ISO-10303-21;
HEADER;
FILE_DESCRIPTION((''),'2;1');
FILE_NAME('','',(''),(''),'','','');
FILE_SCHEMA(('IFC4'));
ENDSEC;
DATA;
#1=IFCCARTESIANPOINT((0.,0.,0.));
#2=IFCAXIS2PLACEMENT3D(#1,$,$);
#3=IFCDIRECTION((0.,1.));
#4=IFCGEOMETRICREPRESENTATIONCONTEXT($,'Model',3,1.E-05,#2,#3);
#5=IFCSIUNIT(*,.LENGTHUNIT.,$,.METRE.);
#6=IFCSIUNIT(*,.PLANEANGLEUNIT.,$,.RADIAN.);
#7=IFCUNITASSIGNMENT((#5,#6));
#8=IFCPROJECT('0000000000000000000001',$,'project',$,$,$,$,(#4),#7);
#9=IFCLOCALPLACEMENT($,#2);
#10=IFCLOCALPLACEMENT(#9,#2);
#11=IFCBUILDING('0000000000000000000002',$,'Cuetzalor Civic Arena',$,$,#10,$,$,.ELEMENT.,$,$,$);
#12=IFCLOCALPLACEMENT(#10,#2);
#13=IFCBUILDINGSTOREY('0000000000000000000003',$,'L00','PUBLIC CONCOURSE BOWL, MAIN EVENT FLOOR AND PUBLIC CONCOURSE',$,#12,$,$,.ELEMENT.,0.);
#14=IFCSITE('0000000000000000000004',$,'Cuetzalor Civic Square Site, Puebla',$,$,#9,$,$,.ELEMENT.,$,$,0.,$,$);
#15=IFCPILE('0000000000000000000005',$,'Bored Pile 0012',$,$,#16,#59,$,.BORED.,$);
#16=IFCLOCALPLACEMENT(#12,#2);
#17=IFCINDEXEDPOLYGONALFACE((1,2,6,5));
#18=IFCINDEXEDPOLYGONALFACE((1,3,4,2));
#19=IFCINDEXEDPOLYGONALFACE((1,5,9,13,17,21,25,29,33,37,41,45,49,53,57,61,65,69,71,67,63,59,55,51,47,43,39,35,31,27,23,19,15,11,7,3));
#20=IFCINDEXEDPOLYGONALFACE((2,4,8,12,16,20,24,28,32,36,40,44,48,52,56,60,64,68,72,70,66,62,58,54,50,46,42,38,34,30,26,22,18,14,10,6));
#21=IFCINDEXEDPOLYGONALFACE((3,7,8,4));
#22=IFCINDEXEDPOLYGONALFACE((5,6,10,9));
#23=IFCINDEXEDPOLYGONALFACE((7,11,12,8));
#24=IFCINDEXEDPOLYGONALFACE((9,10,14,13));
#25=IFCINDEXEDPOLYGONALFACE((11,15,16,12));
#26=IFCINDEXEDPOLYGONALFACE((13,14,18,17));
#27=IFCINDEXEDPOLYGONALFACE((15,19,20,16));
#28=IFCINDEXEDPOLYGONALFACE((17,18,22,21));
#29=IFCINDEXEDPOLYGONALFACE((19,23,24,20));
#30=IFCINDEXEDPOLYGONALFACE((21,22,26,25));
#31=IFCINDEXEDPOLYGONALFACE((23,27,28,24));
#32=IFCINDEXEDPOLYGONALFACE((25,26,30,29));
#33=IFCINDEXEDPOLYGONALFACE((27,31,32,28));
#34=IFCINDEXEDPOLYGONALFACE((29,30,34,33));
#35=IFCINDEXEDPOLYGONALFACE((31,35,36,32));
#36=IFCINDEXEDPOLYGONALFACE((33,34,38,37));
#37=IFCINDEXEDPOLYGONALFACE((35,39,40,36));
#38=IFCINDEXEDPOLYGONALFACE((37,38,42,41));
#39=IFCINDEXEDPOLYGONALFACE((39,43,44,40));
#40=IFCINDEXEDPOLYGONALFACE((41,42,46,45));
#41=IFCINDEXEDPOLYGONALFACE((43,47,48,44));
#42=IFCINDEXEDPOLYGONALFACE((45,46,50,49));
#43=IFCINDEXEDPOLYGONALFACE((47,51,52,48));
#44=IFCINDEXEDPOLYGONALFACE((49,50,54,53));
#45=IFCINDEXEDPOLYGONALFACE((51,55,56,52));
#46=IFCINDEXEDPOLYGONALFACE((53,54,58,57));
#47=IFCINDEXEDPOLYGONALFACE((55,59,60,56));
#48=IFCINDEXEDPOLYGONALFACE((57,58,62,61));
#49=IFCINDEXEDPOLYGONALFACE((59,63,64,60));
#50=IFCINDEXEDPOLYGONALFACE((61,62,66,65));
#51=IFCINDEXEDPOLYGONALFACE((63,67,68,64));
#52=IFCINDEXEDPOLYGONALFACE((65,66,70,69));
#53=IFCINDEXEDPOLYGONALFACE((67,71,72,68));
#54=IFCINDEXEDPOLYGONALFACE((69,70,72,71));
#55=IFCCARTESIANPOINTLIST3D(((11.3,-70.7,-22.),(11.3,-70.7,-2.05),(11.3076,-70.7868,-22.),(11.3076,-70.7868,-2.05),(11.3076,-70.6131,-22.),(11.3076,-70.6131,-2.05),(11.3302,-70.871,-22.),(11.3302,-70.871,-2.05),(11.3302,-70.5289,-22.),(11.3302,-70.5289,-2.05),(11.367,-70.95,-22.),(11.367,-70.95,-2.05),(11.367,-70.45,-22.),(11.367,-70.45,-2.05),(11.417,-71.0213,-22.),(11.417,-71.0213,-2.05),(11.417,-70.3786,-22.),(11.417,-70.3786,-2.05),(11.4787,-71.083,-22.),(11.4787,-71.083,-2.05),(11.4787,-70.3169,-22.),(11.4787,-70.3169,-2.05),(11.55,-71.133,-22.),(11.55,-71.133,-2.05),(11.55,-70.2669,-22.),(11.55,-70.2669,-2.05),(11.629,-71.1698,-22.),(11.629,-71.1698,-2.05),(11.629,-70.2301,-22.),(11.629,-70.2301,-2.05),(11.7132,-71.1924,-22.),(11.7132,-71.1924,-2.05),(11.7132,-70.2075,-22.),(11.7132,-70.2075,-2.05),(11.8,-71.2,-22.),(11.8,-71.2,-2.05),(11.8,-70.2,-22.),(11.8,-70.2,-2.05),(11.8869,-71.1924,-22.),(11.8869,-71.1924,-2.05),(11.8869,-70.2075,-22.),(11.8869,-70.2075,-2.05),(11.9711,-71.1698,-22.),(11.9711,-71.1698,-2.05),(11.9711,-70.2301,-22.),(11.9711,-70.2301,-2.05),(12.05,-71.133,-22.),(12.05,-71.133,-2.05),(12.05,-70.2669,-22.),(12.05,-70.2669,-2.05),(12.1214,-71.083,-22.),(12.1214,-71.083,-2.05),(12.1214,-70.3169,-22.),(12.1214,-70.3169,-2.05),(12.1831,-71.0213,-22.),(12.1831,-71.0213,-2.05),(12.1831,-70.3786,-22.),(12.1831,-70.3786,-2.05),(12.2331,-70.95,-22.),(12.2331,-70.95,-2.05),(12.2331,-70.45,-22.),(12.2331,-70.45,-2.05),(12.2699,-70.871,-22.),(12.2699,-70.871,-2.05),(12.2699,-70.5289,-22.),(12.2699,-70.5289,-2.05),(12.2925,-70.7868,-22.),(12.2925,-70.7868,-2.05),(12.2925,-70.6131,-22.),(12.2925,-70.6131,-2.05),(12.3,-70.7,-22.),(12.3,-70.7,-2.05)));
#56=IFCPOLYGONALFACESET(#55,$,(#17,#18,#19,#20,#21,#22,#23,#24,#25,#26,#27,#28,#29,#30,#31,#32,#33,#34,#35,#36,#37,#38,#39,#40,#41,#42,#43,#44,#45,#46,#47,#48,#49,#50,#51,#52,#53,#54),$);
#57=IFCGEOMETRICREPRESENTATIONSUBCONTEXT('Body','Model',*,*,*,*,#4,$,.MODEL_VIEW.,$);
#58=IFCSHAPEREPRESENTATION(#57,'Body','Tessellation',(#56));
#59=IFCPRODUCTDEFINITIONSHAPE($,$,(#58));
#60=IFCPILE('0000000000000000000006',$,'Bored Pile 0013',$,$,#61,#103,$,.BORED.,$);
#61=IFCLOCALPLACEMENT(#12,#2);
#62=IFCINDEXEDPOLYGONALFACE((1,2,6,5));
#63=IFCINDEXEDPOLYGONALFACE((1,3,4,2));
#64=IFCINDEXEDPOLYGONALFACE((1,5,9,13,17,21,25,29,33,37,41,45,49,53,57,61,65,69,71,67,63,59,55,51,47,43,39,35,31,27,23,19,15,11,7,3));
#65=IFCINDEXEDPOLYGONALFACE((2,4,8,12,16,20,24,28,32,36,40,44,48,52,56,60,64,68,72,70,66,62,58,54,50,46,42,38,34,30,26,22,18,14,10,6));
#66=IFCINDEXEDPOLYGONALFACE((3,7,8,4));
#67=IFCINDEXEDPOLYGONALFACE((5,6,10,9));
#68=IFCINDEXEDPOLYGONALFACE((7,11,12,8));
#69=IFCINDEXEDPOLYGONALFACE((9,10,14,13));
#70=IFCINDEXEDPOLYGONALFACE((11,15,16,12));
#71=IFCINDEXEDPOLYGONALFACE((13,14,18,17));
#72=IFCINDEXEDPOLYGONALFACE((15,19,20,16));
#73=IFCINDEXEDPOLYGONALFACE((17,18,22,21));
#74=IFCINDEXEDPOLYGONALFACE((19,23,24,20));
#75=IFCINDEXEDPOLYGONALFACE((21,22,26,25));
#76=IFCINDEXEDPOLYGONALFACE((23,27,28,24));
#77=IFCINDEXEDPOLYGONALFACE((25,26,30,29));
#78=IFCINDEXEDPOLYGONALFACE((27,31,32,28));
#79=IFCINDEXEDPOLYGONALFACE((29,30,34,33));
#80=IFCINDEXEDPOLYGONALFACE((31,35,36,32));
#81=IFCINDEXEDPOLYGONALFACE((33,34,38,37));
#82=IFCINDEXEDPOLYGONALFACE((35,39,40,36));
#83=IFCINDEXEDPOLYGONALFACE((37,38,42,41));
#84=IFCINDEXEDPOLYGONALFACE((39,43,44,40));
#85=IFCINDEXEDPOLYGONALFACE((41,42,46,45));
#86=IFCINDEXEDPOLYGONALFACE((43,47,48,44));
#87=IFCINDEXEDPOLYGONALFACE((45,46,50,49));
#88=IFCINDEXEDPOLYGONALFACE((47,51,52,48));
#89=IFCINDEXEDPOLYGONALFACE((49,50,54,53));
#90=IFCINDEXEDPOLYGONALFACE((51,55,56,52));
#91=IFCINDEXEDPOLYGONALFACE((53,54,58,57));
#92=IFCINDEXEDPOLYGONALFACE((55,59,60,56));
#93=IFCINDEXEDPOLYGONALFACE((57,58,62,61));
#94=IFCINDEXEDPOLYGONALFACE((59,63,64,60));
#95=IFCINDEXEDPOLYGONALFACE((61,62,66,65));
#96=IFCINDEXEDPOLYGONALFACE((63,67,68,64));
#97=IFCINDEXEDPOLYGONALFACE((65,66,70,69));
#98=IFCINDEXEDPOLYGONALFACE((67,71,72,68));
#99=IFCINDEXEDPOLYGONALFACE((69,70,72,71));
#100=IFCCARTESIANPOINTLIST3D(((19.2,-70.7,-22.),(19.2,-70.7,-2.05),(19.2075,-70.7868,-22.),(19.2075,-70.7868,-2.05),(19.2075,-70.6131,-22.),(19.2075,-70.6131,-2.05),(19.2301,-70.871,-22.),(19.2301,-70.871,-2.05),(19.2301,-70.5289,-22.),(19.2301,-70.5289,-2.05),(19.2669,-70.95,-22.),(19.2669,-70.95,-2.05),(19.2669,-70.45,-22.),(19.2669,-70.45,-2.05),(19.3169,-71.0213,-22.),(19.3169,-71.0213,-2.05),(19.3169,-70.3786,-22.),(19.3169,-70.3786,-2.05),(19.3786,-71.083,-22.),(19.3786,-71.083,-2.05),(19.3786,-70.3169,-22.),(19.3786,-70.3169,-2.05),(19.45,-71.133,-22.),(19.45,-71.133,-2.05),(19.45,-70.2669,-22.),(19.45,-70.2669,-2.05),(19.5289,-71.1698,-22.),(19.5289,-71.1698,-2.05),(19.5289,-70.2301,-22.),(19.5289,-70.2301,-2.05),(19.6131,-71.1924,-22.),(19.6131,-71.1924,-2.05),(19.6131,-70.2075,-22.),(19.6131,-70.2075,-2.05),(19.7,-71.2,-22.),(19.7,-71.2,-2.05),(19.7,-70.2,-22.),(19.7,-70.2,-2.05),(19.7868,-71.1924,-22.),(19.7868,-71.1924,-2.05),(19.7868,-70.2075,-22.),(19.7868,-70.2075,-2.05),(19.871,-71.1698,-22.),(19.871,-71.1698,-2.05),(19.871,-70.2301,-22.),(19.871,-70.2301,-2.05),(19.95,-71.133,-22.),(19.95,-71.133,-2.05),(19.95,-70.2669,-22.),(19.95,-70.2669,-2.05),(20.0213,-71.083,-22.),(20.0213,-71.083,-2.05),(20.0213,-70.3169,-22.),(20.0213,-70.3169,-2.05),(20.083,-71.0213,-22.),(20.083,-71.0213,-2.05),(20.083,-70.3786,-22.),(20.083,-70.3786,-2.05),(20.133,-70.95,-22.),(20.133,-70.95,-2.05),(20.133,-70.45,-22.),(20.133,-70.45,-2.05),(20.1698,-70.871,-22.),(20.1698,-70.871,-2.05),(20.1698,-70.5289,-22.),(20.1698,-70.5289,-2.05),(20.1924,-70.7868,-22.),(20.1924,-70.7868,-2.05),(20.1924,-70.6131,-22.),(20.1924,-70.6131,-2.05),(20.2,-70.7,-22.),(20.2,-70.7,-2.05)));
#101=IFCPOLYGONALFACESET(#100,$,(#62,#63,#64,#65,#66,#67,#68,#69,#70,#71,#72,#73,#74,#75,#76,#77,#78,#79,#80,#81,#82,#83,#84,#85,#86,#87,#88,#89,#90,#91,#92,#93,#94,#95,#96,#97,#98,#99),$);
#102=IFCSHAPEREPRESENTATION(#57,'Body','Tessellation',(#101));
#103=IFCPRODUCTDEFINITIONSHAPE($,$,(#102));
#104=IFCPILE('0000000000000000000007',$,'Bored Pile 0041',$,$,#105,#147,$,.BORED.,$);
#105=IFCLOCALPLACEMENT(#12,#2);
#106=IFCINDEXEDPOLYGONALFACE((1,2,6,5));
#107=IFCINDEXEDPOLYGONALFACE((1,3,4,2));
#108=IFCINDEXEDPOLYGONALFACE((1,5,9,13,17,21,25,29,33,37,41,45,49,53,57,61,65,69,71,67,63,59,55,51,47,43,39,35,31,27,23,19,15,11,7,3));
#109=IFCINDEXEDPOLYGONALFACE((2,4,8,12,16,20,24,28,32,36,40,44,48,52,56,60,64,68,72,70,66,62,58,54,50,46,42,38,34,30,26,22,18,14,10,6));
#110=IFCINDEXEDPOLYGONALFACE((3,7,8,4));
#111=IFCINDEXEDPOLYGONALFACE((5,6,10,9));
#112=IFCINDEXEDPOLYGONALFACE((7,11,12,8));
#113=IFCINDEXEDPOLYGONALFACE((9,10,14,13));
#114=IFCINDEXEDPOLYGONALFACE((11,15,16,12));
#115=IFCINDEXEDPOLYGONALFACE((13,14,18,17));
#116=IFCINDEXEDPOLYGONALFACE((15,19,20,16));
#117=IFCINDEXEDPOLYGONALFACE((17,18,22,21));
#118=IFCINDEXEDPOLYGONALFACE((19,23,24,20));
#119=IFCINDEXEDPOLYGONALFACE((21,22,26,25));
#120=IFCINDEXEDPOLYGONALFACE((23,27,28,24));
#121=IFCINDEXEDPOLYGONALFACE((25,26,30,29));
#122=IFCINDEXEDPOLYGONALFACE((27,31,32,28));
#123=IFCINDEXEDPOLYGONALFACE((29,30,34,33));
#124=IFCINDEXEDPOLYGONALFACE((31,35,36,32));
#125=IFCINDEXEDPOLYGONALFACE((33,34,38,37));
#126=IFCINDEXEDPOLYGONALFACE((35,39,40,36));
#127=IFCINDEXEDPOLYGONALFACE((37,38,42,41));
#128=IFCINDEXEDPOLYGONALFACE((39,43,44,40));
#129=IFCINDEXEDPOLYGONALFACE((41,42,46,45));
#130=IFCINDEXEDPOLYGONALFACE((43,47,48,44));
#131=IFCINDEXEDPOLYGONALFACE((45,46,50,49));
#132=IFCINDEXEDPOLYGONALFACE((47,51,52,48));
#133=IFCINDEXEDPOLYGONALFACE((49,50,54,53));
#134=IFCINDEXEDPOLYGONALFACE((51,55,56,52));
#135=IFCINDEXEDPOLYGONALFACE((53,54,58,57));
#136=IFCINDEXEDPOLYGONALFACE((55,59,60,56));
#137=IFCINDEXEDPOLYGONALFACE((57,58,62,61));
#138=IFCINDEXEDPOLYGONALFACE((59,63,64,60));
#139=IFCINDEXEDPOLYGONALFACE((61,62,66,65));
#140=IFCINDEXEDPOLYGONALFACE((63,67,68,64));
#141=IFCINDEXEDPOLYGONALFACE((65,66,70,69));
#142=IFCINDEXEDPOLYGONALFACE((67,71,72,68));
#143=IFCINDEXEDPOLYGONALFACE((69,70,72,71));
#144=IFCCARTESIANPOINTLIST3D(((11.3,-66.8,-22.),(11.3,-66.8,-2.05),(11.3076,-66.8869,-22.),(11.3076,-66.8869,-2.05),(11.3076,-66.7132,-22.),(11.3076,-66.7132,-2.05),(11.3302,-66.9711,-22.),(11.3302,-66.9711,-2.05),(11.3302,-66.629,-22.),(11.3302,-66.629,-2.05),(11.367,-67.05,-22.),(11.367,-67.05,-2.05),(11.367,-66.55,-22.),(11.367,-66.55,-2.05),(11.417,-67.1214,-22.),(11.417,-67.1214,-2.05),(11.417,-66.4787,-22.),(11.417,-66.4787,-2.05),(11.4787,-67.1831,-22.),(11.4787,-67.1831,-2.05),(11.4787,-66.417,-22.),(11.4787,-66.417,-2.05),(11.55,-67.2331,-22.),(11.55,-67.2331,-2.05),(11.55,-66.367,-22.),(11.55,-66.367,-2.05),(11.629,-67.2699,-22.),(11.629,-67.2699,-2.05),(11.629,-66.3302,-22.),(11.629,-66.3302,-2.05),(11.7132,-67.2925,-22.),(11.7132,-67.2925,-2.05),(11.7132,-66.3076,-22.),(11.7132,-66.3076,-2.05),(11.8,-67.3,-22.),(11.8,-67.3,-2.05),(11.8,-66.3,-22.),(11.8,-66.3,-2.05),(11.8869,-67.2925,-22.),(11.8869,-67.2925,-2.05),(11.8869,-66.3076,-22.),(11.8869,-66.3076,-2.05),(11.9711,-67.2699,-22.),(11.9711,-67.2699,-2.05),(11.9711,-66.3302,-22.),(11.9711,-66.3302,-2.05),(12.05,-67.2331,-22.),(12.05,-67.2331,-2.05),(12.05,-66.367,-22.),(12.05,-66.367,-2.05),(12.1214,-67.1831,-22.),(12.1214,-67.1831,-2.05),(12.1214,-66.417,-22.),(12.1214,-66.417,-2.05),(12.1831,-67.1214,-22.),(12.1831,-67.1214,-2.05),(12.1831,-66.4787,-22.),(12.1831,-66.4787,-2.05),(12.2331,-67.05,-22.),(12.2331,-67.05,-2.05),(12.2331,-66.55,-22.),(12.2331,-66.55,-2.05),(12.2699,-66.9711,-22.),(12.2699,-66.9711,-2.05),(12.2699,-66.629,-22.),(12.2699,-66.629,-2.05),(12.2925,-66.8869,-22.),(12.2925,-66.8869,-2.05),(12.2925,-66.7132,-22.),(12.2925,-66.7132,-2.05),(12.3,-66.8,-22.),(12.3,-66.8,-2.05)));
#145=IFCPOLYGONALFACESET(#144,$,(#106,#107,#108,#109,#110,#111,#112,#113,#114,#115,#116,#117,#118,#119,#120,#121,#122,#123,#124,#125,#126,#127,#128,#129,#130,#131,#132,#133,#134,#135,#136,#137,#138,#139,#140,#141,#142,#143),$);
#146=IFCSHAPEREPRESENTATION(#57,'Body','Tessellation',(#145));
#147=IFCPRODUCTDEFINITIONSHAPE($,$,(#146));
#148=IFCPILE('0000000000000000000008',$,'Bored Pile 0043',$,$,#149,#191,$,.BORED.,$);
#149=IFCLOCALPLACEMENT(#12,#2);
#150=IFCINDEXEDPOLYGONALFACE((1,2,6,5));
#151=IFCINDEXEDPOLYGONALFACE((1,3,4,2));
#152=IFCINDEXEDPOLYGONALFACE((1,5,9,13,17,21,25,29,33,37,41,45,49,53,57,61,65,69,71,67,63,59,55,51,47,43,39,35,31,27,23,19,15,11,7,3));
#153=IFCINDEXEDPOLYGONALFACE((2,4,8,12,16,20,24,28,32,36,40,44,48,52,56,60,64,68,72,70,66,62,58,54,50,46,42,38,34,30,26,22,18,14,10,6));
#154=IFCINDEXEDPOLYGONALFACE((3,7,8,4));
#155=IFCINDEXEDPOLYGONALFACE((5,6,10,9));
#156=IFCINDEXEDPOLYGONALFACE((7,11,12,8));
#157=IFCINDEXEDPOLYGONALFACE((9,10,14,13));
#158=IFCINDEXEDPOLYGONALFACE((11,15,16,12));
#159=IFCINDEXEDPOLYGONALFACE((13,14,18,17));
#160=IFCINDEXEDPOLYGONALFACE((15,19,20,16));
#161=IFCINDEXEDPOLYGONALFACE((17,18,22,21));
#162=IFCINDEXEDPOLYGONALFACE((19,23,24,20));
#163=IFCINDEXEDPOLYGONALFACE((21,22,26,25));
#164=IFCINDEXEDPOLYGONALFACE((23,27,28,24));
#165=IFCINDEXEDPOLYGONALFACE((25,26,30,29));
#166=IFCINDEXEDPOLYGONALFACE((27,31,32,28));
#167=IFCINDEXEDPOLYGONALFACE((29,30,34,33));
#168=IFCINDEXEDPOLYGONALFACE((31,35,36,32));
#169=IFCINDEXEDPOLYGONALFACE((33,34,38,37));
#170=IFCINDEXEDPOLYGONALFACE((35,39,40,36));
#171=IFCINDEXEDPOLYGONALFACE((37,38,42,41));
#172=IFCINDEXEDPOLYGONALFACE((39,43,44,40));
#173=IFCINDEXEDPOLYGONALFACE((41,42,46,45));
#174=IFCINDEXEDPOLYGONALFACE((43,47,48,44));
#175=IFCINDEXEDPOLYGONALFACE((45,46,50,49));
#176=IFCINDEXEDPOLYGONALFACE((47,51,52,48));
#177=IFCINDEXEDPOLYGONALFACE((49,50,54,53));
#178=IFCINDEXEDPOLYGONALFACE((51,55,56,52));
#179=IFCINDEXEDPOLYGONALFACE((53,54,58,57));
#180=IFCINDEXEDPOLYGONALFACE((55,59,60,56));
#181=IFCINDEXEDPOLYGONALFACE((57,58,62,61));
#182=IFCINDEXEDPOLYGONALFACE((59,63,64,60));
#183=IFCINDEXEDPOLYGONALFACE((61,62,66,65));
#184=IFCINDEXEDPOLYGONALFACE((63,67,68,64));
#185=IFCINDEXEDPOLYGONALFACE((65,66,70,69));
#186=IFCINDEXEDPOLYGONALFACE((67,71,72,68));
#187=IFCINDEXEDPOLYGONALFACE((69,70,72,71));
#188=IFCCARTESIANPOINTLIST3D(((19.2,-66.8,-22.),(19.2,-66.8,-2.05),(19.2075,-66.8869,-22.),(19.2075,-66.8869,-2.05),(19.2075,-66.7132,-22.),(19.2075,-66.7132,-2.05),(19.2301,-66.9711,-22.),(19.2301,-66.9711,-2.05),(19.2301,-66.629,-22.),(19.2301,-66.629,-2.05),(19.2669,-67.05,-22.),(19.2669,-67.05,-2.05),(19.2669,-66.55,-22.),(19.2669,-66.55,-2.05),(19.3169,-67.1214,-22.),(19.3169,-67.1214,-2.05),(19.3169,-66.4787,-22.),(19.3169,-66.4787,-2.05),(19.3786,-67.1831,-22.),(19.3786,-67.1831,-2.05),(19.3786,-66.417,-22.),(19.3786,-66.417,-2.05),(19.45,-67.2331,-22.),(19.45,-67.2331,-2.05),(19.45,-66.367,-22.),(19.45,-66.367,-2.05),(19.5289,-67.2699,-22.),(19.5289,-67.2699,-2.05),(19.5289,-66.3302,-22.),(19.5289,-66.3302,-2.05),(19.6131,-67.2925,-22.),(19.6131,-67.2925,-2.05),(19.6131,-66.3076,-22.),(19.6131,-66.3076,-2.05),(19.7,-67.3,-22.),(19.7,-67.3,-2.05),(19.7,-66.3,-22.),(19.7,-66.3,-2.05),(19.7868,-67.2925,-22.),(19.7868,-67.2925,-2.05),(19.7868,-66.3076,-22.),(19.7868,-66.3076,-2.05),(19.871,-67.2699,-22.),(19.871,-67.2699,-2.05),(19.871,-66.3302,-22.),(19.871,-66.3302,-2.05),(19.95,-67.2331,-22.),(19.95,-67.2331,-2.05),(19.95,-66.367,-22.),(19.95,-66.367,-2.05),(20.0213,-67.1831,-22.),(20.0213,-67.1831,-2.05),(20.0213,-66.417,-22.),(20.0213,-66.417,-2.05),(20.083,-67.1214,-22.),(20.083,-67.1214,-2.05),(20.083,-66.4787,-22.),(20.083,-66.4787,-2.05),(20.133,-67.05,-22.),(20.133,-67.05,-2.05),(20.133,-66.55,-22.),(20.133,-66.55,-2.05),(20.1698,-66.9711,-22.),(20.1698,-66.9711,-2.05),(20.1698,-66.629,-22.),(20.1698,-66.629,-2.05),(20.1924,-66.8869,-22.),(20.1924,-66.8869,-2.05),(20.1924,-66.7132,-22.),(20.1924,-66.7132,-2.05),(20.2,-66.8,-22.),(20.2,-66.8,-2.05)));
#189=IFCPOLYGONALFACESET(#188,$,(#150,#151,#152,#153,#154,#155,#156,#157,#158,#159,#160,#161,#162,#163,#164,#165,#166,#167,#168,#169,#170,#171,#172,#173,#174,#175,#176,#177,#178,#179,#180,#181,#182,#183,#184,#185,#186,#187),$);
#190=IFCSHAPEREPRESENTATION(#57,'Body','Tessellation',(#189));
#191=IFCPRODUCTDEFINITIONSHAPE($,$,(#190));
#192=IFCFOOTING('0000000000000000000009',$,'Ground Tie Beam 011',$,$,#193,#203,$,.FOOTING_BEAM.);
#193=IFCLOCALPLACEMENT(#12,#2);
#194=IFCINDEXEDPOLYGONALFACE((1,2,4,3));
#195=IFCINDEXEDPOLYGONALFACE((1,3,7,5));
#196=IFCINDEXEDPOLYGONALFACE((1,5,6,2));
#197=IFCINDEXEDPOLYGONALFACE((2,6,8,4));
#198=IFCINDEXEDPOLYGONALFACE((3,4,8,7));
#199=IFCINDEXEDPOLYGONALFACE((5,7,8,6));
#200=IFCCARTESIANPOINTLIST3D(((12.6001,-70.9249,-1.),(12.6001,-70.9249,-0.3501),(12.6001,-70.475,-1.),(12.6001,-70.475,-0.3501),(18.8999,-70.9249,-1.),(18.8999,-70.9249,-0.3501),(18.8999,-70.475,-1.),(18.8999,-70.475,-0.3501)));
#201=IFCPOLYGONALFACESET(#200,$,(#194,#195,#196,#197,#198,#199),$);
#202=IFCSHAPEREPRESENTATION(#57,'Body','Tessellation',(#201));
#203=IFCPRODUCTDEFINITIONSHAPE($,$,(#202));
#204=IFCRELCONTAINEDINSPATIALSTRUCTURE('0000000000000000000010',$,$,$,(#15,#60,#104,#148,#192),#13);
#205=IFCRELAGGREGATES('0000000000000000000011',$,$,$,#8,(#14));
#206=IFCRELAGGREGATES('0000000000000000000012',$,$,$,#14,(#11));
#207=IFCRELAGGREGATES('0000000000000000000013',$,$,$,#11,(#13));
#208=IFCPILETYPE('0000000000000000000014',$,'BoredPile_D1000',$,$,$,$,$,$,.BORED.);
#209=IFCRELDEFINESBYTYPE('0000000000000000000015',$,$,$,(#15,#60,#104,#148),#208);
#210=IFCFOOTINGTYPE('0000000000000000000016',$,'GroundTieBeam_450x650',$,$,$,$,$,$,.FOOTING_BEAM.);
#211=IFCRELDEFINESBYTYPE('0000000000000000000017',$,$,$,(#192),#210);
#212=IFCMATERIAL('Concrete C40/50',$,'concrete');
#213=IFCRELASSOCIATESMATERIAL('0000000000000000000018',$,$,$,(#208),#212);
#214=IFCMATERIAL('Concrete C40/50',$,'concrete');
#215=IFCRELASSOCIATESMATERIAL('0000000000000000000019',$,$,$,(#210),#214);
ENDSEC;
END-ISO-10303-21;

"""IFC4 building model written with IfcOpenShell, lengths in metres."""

from ifc_helpers import new_model, si_unit, direction, frame, origin, origin_2d, place, context, subcontext, project, spatial, rectangle, circle, extrude, material, material_profile, profile_set, type_object, element, save


model = new_model("IFC4")

# Units and contexts
model_context = context("Model", 3, precision=1e-05, world=origin(), true_north=direction((0.0, 1.0)))
body_context = subcontext(model_context, "Body", "Model", "MODEL_VIEW")
ifc_project = project(units=[si_unit("LENGTHUNIT", "METRE"), si_unit("PLANEANGLEUNIT", "RADIAN")], contexts=[model_context])

# Site, building, storey
site_placement = place(None, origin())
site = spatial("IfcSite", under=ifc_project, at=site_placement, Name="Cuetzalor Civic Square Site, Puebla", CompositionType="ELEMENT", RefElevation=0.0)
building_placement = place(site_placement, origin())
building = spatial("IfcBuilding", under=site, at=building_placement, Name="Cuetzalor Civic Arena", CompositionType="ELEMENT")
storey_placement = place(building_placement, origin())
storey = spatial("IfcBuildingStorey", under=building, at=storey_placement, Name="L00", Description="PUBLIC CONCOURSE BOWL, MAIN EVENT FLOOR AND PUBLIC CONCOURSE", CompositionType="ELEMENT", Elevation=0.0)

# Piles
ifc_material_1 = material(Name="Concrete C40/50", Category="concrete")
ifc_material_profile_1 = material_profile(ifc_material_1, circle(Radius=0.5, at=origin_2d()), Name="BORED PILE D1000")
ifc_profile_set_1 = profile_set([ifc_material_profile_1], Name="Concrete C40/50")
pile_type = type_object("IfcPileType", Name="BoredPile_D1000", PredefinedType="BORED", material=ifc_profile_set_1)
for number, where, z_axis, x_axis, name in (
    (1, (11.8, -70.7, -2.05), (0.0, 0.0, -1.0), (1.0, 0.0, 0.0), "Bored Pile 0012"),
    (2, (19.7, -70.7, -2.05), (0.0, 0.0, -1.0), (1.0, 0.0, 0.0), "Bored Pile 0013"),
    (3, (11.8, -66.8, -2.05), (0.0, 0.0, -1.0), (1.0, 0.0, 0.0), "Bored Pile 0041"),
    (4, (19.7, -66.8, -2.05), (0.0, 0.0, -1.0), (1.0, 0.0, 0.0), "Bored Pile 0043"),
):
    element("IfcPile", number, at=place(storey_placement, frame(where, z_axis=z_axis, x_axis=x_axis)), inside=storey, type_object=pile_type, Name=name, PredefinedType="BORED", context=body_context, shape_type="SweptSolid", body=[
        extrude(circle(Radius=0.5, at=origin_2d()), origin(), (0.0, 0.0, 1.0), 19.95),
    ])

# Footing
ifc_material_2 = material(Name="Concrete C40/50", Category="concrete")
ifc_material_profile_2 = material_profile(ifc_material_2, rectangle(XDim=0.45, YDim=0.6499, at=origin_2d()), Name="RC 450x650")
ifc_profile_set_2 = profile_set([ifc_material_profile_2], Name="Concrete C40/50")
footing_type_1 = type_object("IfcFootingType", Name="GroundTieBeam_450x650", PredefinedType="FOOTING_BEAM", material=ifc_profile_set_2)
footing_1_placement = place(storey_placement, frame((12.6001, -70.7, -0.675), z_axis=(1.0, 0.0, 0.0), x_axis=(0.0, 1.0, 0.0)))
element("IfcFooting", 5, at=footing_1_placement, inside=storey, type_object=footing_type_1, Name="Ground Tie Beam 011", PredefinedType="FOOTING_BEAM", context=body_context, shape_type="SweptSolid", body=[
    extrude(rectangle(XDim=0.45, YDim=0.6499, at=origin_2d()), origin(), (0.0, 0.0, 1.0), 6.2998),
])

save(model, "model.ifc")
